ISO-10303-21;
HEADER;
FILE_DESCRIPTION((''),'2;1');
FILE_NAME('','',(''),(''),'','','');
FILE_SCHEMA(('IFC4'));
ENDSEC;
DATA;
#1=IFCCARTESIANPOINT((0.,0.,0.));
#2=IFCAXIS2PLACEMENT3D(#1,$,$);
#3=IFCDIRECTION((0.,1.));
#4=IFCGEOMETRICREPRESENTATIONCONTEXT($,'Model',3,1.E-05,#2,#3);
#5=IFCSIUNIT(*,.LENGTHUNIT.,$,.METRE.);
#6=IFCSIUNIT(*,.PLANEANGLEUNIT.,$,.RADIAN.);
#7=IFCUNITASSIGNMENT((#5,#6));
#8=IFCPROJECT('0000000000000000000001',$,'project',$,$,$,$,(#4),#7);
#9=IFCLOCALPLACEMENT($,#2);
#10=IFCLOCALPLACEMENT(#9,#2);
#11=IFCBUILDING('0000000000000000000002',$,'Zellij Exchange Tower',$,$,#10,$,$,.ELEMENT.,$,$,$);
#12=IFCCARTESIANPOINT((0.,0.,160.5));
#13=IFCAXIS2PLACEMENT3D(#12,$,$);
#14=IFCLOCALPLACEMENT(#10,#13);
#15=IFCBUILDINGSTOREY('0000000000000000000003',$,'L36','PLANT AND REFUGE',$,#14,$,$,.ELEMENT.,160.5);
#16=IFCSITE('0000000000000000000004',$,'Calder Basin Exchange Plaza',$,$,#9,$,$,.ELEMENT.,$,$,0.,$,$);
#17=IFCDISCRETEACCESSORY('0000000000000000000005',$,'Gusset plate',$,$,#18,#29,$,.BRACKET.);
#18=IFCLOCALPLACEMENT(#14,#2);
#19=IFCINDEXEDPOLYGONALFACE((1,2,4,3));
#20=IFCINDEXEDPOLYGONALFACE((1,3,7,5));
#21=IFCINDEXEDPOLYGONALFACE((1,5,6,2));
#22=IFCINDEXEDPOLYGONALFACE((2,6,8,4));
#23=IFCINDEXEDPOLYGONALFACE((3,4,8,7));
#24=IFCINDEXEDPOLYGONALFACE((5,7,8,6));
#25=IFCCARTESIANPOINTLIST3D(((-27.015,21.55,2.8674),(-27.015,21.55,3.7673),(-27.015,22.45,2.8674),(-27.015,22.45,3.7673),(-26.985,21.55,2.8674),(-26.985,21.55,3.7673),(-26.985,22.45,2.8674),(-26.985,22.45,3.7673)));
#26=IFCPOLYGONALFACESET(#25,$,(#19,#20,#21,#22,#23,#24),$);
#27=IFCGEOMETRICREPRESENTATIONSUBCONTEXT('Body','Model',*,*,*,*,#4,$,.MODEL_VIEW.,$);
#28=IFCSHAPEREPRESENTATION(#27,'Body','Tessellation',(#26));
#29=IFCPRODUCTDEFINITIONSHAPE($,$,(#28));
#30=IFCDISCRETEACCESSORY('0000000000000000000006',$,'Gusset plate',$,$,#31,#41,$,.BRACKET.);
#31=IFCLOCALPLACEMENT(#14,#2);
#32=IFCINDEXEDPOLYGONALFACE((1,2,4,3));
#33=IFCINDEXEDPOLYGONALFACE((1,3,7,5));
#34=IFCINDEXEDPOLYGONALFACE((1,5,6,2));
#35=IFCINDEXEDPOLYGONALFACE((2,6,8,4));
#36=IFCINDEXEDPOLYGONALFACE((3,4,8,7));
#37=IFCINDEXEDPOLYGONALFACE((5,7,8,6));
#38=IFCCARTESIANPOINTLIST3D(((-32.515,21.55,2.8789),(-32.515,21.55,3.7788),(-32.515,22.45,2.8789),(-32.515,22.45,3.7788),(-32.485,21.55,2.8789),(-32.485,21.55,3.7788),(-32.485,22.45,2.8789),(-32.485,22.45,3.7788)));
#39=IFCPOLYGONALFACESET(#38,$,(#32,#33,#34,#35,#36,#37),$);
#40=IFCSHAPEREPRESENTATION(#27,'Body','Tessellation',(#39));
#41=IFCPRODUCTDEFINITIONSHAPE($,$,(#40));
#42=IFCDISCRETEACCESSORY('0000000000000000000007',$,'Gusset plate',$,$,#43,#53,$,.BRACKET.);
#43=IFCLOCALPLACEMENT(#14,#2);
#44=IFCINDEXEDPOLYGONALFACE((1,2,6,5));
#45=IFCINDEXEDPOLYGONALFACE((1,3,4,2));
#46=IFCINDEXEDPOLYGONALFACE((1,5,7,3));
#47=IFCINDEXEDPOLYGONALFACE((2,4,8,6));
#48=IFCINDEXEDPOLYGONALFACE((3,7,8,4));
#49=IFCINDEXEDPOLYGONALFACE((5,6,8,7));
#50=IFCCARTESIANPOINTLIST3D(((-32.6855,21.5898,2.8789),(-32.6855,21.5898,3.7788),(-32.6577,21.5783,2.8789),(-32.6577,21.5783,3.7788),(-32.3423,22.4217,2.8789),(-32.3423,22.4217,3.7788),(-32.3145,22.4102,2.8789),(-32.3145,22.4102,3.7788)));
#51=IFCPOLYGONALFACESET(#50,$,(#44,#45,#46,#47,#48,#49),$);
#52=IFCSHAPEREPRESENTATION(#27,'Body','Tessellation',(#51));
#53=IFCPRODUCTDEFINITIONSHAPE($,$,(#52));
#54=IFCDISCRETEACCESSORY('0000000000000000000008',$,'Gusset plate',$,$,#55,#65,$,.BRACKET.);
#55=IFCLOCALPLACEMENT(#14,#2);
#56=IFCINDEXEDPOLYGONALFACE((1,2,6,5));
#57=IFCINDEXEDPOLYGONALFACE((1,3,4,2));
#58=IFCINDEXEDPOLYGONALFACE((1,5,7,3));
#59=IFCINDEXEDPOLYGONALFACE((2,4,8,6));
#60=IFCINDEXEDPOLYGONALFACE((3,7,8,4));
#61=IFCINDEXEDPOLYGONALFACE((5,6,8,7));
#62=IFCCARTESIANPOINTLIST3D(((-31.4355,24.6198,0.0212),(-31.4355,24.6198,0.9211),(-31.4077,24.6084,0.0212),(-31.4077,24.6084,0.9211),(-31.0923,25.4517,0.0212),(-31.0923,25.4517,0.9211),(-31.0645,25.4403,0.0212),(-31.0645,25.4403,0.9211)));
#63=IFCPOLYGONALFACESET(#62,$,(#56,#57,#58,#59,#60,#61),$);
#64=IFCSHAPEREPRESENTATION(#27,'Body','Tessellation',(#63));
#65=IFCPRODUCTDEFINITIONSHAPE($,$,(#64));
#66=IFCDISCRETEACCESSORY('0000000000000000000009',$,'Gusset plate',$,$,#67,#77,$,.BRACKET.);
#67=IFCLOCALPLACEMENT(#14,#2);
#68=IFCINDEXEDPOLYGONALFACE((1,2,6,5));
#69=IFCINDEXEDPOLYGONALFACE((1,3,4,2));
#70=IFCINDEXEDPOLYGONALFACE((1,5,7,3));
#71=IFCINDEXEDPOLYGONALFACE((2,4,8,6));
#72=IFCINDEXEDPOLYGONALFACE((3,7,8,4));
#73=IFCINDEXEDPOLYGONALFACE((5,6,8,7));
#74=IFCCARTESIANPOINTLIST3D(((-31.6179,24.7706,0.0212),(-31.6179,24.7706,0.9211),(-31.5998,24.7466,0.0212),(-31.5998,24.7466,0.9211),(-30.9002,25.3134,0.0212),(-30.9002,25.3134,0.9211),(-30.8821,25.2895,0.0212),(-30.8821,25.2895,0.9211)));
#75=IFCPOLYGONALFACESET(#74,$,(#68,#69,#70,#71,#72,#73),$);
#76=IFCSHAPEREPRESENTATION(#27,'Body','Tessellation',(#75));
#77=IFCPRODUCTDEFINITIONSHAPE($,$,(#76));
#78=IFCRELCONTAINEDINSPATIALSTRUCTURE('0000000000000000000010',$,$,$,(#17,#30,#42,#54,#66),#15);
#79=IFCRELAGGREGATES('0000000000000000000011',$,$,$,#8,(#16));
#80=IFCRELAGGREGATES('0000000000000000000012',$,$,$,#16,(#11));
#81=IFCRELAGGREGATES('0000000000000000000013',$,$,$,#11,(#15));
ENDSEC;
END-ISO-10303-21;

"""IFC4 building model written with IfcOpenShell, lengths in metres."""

from ifc_helpers import new_model, si_unit, direction, frame, origin, origin_2d, place, context, subcontext, project, spatial, rectangle, extrude, element, save


model = new_model("IFC4")

# Units and contexts
model_context = context("Model", 3, precision=1e-05, world=origin(), true_north=direction((0.0, 1.0)))
body_context = subcontext(model_context, "Body", "Model", "MODEL_VIEW")
ifc_project = project(units=[si_unit("LENGTHUNIT", "METRE"), si_unit("PLANEANGLEUNIT", "RADIAN")], contexts=[model_context])

# Site, building, storey
site_placement = place(None, origin())
site = spatial("IfcSite", under=ifc_project, at=site_placement, Name="Calder Basin Exchange Plaza", CompositionType="ELEMENT", RefElevation=0.0)
building_placement = place(site_placement, origin())
building = spatial("IfcBuilding", under=site, at=building_placement, Name="Zellij Exchange Tower", CompositionType="ELEMENT")
storey_placement = place(building_placement, frame((0.0, 0.0, 160.5)))
storey = spatial("IfcBuildingStorey", under=building, at=storey_placement, Name="L36", Description="PLANT AND REFUGE", CompositionType="ELEMENT", Elevation=160.5)

# Discrete accessories
for number, where, z_axis, x_axis, name in (
    (1, (-27.0, 22.0, 2.8674), (0.0, 0.0, 1.0), (0.0, 1.0, 0.0), "Gusset plate"),
    (2, (-32.5, 22.0, 2.8789), (0.0, 0.0, 1.0), (0.0, 1.0, 0.0), "Gusset plate"),
    (3, (-32.5, 22.0, 2.8789), (0.0, 0.0, 1.0), (0.381353, 0.92443, 0.0), "Gusset plate"),
    (4, (-31.25, 25.03, 0.0212), (0.0, 0.0, 1.0), (0.381353, 0.92443, 0.0), "Gusset plate"),
    (5, (-31.25, 25.03, 0.0212), (0.0, 0.0, 1.0), (0.797534, 0.603273, 0.0), "Gusset plate"),
):
    element("IfcDiscreteAccessory", number, at=place(storey_placement, frame(where, z_axis=z_axis, x_axis=x_axis)), inside=storey, Name=name, PredefinedType="BRACKET", context=body_context, shape_type="SweptSolid", body=[
        extrude(rectangle(XDim=0.8999, YDim=0.03, at=origin_2d()), origin(), (0.0, 0.0, 1.0), 0.8999),
    ])

save(model, "model.ifc")
